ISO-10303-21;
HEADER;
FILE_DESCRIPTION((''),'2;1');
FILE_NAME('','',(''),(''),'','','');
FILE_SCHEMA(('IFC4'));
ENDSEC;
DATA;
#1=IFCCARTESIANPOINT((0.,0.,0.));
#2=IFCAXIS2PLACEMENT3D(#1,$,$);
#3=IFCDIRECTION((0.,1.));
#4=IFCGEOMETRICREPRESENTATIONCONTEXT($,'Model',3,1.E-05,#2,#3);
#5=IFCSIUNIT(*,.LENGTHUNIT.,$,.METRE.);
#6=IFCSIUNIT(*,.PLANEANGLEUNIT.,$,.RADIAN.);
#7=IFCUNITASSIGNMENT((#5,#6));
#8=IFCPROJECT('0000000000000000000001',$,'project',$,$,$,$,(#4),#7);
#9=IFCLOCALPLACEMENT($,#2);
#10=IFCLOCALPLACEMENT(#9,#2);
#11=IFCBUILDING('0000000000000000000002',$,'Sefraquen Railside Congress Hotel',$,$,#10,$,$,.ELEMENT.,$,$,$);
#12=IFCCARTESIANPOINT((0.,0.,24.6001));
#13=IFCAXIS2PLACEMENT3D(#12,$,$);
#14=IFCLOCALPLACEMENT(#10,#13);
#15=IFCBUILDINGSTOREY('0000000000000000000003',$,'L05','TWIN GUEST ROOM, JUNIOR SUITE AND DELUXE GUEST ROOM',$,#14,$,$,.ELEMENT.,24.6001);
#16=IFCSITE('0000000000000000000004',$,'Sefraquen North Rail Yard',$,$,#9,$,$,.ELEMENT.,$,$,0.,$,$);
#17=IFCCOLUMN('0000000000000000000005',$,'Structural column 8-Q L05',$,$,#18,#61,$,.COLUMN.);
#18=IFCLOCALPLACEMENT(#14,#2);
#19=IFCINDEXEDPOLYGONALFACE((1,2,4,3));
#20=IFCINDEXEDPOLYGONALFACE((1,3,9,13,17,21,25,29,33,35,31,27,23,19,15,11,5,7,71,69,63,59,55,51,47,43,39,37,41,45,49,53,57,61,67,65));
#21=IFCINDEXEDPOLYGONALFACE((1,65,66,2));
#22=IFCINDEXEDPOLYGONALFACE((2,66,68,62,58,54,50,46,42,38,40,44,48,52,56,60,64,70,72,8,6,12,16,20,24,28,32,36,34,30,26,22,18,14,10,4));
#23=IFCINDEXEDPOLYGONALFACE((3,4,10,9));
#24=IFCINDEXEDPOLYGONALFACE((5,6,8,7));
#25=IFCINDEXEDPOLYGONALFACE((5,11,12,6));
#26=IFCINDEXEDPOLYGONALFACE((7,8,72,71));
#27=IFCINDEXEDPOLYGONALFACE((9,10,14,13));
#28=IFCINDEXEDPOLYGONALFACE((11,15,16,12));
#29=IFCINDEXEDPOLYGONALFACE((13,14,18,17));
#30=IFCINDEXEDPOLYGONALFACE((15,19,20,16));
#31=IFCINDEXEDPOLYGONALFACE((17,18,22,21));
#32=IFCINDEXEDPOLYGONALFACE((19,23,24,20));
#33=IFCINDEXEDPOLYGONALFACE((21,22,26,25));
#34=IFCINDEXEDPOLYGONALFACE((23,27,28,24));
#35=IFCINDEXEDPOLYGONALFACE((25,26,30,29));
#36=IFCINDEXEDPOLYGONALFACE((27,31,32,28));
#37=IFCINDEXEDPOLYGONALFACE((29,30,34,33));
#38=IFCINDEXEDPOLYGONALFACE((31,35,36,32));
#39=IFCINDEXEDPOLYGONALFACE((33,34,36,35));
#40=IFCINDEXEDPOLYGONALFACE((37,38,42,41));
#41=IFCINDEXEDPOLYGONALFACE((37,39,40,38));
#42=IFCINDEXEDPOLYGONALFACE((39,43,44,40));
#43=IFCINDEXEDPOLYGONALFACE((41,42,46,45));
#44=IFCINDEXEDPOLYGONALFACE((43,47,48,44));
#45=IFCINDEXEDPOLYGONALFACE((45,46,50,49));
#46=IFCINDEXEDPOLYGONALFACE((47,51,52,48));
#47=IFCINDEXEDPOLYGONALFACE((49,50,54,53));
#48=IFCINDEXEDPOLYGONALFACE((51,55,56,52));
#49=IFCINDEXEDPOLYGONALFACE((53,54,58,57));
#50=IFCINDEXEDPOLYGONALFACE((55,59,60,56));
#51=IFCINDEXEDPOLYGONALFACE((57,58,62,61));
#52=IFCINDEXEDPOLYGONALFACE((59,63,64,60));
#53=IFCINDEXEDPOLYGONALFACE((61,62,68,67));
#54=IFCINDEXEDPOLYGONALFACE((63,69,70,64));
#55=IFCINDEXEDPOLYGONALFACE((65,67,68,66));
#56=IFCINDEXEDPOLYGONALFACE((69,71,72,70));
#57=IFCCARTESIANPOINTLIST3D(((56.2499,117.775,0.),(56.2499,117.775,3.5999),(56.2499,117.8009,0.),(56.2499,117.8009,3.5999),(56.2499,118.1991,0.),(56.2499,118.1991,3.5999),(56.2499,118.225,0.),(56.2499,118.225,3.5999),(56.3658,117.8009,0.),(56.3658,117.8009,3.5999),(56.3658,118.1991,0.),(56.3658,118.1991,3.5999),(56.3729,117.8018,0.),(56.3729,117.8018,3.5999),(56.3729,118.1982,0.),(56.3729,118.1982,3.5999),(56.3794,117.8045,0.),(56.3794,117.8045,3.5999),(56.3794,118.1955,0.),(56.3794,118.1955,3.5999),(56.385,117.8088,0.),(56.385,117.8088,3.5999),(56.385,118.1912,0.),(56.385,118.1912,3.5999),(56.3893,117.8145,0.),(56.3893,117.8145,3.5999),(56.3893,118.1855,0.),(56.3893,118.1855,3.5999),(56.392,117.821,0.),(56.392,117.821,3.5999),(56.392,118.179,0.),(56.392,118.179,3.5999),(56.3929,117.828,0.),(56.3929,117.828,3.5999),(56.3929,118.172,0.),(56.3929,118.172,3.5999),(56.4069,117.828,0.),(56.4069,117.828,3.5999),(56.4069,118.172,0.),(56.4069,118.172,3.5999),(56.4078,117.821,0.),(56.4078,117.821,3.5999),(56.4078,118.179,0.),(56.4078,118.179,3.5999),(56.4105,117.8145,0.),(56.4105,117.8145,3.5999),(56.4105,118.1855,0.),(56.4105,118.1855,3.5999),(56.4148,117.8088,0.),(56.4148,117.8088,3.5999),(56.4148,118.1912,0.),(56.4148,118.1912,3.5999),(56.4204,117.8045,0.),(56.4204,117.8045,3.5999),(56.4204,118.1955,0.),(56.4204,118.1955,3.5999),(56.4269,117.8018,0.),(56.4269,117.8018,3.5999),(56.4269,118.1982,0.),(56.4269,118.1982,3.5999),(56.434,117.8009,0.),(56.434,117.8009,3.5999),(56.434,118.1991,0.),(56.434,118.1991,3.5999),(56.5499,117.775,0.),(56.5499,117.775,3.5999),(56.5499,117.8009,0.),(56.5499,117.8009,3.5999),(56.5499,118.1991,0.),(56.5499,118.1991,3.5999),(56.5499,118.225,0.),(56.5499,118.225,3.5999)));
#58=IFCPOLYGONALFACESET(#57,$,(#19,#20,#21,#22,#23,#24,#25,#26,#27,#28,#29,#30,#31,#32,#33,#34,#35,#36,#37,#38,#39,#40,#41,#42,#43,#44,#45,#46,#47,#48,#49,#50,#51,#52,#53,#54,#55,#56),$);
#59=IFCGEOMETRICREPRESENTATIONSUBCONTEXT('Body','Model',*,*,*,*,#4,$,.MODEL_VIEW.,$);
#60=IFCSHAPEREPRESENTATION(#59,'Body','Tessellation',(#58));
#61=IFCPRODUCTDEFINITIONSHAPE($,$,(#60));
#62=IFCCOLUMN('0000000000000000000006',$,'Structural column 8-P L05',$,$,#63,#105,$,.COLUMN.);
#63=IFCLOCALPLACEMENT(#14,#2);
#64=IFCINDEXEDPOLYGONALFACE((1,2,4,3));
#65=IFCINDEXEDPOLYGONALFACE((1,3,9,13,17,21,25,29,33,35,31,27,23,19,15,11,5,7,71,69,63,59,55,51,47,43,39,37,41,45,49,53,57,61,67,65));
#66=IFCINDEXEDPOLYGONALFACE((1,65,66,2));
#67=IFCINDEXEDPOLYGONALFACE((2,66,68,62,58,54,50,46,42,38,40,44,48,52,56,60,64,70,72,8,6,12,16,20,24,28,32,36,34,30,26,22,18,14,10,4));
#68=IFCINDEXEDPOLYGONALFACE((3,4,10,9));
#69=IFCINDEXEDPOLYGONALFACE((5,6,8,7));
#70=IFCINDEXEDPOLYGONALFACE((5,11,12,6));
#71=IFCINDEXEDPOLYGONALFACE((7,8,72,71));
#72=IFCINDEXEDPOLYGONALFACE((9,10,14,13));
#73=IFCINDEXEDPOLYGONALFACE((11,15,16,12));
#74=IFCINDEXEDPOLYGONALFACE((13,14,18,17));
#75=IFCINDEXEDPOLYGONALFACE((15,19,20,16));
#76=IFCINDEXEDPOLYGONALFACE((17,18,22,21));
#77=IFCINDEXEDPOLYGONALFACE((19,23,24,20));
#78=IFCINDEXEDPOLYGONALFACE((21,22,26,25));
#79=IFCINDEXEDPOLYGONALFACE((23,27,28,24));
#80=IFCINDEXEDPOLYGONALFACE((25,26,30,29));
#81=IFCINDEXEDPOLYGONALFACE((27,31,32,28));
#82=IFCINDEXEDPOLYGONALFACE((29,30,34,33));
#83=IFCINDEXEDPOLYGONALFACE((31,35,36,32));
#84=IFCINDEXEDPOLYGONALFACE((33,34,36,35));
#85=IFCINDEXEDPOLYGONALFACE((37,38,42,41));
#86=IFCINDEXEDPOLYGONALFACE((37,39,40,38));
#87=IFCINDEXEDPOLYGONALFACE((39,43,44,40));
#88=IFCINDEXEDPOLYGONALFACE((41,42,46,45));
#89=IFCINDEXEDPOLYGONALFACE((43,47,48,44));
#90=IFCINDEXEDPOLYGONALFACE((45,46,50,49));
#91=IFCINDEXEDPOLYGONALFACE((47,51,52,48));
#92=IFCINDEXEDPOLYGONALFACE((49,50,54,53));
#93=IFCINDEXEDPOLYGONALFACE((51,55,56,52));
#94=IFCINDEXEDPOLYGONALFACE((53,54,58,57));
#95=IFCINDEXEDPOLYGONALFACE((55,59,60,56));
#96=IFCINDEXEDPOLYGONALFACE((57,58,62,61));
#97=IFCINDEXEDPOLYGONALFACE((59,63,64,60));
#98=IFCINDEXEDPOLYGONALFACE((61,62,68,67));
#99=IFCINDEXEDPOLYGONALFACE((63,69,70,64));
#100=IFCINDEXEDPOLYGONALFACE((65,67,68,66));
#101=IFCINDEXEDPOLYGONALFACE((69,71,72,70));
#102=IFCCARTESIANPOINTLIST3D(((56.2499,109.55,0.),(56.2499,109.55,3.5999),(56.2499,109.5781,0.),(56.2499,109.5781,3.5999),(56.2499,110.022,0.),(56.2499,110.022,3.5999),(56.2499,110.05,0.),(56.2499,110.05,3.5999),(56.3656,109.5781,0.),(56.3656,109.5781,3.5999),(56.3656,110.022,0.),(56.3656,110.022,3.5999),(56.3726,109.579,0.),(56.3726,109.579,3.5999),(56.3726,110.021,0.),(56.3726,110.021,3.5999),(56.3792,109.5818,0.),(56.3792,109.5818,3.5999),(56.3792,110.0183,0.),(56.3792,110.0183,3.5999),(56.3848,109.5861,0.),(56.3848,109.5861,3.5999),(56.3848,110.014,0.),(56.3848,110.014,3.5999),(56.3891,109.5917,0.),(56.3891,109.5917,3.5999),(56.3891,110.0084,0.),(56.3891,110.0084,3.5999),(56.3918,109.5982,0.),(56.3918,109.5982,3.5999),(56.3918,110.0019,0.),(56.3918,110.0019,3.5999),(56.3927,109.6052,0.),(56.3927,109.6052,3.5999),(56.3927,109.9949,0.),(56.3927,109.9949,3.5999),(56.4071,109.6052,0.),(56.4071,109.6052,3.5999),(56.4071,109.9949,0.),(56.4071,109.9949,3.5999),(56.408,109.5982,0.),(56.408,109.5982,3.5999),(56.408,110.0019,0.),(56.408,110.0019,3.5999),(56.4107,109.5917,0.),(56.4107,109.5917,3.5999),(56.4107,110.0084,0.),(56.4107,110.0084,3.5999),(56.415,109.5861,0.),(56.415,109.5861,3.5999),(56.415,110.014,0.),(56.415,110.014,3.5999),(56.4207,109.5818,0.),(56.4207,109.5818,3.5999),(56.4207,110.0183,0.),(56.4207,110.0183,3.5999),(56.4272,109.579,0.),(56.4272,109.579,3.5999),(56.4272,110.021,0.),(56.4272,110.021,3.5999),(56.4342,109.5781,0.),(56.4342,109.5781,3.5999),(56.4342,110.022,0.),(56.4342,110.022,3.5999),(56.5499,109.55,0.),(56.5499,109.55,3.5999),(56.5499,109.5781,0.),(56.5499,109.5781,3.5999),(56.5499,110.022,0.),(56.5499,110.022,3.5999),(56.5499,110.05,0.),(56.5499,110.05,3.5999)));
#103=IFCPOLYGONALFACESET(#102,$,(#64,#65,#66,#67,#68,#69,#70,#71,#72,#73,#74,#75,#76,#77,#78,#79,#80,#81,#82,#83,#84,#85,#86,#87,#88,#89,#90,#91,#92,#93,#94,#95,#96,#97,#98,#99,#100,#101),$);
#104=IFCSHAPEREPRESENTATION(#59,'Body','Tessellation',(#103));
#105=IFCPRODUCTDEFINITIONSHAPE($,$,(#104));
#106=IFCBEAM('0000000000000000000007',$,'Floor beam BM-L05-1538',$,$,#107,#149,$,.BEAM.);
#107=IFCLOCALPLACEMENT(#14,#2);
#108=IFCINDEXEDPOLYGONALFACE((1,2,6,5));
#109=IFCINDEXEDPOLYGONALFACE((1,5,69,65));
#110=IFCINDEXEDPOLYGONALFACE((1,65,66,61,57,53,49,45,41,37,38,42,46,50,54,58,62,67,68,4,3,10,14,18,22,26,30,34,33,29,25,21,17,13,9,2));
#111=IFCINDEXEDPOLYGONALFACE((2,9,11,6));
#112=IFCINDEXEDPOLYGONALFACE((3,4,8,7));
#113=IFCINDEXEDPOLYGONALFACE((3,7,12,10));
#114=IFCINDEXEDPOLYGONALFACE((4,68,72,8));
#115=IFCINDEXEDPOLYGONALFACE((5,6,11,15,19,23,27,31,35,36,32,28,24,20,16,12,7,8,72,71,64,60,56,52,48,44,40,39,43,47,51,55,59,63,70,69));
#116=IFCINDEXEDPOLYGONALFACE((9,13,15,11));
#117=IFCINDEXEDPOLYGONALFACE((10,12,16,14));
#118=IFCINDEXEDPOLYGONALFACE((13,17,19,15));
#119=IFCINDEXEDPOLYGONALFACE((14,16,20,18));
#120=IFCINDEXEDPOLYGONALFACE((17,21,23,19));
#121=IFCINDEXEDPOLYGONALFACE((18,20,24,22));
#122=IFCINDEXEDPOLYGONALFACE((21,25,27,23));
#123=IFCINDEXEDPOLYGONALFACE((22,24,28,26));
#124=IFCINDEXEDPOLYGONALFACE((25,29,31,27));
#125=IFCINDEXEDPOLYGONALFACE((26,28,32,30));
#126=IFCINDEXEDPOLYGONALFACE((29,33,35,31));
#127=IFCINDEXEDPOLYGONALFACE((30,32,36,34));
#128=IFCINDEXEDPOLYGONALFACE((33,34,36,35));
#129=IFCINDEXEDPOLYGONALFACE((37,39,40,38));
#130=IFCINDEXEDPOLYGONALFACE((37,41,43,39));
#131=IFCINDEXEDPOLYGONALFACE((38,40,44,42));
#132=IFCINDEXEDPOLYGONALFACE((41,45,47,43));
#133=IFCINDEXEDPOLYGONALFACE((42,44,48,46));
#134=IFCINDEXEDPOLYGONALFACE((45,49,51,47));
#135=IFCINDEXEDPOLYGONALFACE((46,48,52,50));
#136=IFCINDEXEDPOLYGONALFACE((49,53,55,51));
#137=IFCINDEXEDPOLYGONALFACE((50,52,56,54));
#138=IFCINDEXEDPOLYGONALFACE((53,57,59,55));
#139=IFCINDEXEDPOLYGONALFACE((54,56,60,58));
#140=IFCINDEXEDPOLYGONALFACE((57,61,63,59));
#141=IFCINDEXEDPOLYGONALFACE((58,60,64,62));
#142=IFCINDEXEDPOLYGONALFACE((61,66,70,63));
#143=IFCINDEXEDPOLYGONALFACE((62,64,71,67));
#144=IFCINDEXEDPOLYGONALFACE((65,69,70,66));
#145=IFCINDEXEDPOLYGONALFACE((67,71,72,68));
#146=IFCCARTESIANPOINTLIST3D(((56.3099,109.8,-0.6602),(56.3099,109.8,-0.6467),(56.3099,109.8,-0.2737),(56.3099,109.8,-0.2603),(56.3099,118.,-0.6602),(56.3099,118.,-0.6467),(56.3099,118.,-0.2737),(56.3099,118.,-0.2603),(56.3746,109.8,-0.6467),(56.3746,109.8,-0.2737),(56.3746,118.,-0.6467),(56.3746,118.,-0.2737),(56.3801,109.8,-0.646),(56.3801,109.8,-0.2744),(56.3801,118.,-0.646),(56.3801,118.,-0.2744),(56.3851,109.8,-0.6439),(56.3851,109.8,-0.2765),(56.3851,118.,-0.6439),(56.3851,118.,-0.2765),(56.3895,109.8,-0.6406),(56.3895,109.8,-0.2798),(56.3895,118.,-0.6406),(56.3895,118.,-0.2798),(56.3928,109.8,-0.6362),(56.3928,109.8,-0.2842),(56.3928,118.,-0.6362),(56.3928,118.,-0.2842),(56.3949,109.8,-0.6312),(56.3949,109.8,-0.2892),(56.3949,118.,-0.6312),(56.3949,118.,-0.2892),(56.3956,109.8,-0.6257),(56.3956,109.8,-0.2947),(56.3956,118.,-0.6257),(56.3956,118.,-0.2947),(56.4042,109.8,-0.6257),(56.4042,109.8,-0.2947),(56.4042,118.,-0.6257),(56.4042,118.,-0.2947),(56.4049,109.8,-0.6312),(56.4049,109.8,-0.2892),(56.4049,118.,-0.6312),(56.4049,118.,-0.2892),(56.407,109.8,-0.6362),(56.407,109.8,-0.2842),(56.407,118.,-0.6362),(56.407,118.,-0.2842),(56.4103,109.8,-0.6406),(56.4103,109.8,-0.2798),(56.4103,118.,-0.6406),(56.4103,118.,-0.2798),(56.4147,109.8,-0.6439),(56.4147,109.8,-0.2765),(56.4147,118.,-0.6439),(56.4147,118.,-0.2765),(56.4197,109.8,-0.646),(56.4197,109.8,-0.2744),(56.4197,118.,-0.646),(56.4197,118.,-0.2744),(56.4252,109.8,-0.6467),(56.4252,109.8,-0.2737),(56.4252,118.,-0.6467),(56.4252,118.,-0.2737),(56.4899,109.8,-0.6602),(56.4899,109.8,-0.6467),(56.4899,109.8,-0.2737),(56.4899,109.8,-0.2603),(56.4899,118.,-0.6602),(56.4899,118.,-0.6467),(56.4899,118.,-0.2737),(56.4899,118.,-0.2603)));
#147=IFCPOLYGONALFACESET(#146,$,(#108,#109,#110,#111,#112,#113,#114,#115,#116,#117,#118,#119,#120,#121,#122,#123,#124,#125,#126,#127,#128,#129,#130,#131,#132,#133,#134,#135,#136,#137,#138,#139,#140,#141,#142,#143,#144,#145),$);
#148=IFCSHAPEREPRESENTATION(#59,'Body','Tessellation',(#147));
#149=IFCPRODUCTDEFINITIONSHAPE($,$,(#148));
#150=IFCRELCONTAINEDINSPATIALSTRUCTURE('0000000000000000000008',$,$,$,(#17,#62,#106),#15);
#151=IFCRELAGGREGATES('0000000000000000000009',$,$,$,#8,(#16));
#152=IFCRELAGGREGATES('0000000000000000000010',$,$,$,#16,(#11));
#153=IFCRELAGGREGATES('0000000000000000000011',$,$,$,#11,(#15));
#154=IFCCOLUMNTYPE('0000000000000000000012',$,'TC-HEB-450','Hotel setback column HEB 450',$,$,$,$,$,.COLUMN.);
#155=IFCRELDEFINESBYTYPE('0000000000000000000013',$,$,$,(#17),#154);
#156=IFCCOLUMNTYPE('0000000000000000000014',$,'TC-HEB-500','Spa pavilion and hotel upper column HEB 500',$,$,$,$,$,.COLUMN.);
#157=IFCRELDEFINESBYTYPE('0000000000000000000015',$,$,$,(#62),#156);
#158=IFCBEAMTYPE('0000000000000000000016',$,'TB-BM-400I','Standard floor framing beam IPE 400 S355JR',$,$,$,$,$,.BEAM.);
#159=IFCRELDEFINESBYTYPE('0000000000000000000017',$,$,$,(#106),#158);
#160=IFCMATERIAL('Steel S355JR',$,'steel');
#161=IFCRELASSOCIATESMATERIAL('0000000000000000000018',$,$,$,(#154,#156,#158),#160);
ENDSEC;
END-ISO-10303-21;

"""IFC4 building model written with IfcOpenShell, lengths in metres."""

from ifc_helpers import new_model, si_unit, direction, frame, origin, origin_2d, place, context, subcontext, project, spatial, i_section, extrude, material, material_profile, profile_set, type_object, element, save


model = new_model("IFC4")

# Units and contexts
model_context = context("Model", 3, precision=1e-05, world=origin(), true_north=direction((0.0, 1.0)))
body_context = subcontext(model_context, "Body", "Model", "MODEL_VIEW")
ifc_project = project(units=[si_unit("LENGTHUNIT", "METRE"), si_unit("PLANEANGLEUNIT", "RADIAN")], contexts=[model_context])

# Site, building, storey
site_placement = place(None, origin())
site = spatial("IfcSite", under=ifc_project, at=site_placement, Name="Sefraquen North Rail Yard", CompositionType="ELEMENT", RefElevation=0.0)
building_placement = place(site_placement, origin())
building = spatial("IfcBuilding", under=site, at=building_placement, Name="Sefraquen Railside Congress Hotel", CompositionType="ELEMENT")
storey_placement = place(building_placement, frame((0.0, 0.0, 24.6001)))
storey = spatial("IfcBuildingStorey", under=building, at=storey_placement, Name="L05", Description="TWIN GUEST ROOM, JUNIOR SUITE AND DELUXE GUEST ROOM", CompositionType="ELEMENT", Elevation=24.6001)

# Columns
ifc_material_1 = material(Name="Steel S355JR", Category="steel")
ifc_material_profile_1 = material_profile(ifc_material_1, i_section(OverallWidth=0.3, OverallDepth=0.45, WebThickness=0.0139, FlangeThickness=0.0259, FilletRadius=0.0271, at=origin_2d()), Name="HEB 450")
ifc_profile_set_1 = profile_set([ifc_material_profile_1], Name="Steel S355JR")
column_type_1 = type_object("IfcColumnType", Name="TC-HEB-450", Description="Hotel setback column HEB 450", PredefinedType="COLUMN", material=ifc_profile_set_1)
column_1_placement = place(storey_placement, frame((56.3999, 118.0, 0.0), z_axis=(0.0, 0.0, 1.0), x_axis=(1.0, 0.0, 0.0)))
element("IfcColumn", 1, at=column_1_placement, inside=storey, type_object=column_type_1, Name="Structural column 8-Q L05", PredefinedType="COLUMN", context=body_context, shape_type="SweptSolid", body=[
    extrude(i_section(OverallWidth=0.3, OverallDepth=0.45, WebThickness=0.0139, FlangeThickness=0.0259, FilletRadius=0.0271, at=origin_2d()), origin(), (0.0, 0.0, 1.0), 3.5999),
])
ifc_material_profile_2 = material_profile(ifc_material_1, i_section(OverallWidth=0.3, OverallDepth=0.5, WebThickness=0.0144, FlangeThickness=0.0281, FilletRadius=0.0271, at=origin_2d()), Name="HEB 500")
ifc_profile_set_2 = profile_set([ifc_material_profile_2], Name="Steel S355JR")
column_type_2 = type_object("IfcColumnType", Name="TC-HEB-500", Description="Spa pavilion and hotel upper column HEB 500", PredefinedType="COLUMN", material=ifc_profile_set_2)
column_2_placement = place(storey_placement, frame((56.3999, 109.8, 0.0), z_axis=(0.0, 0.0, 1.0), x_axis=(1.0, 0.0, 0.0)))
element("IfcColumn", 2, at=column_2_placement, inside=storey, type_object=column_type_2, Name="Structural column 8-P L05", PredefinedType="COLUMN", context=body_context, shape_type="SweptSolid", body=[
    extrude(i_section(OverallWidth=0.3, OverallDepth=0.5, WebThickness=0.0144, FlangeThickness=0.0281, FilletRadius=0.0271, at=origin_2d()), origin(), (0.0, 0.0, 1.0), 3.5999),
])

# Beam
ifc_material_profile_3 = material_profile(ifc_material_1, i_section(OverallWidth=0.1799, OverallDepth=0.3999, WebThickness=0.0085, FlangeThickness=0.0134, FilletRadius=0.021, at=origin_2d()), Name="IPE 400")
ifc_profile_set_3 = profile_set([ifc_material_profile_3], Name="Steel S355JR")
beam_type_1 = type_object("IfcBeamType", Name="TB-BM-400I", Description="Standard floor framing beam IPE 400 S355JR", PredefinedType="BEAM", material=ifc_profile_set_3)
beam_placement = place(storey_placement, frame((56.3999, 109.8, -0.4602), z_axis=(0.0, 1.0, 0.0), x_axis=(-1.0, 0.0, 0.0)))
element("IfcBeam", 3, at=beam_placement, inside=storey, type_object=beam_type_1, Name="Floor beam BM-L05-1538", PredefinedType="BEAM", context=body_context, shape_type="SweptSolid", body=[
    extrude(i_section(OverallWidth=0.1799, OverallDepth=0.3999, WebThickness=0.0085, FlangeThickness=0.0134, FilletRadius=0.021, at=origin_2d()), origin(), (0.0, 0.0, 1.0), 8.2),
])

save(model, "model.ifc")
